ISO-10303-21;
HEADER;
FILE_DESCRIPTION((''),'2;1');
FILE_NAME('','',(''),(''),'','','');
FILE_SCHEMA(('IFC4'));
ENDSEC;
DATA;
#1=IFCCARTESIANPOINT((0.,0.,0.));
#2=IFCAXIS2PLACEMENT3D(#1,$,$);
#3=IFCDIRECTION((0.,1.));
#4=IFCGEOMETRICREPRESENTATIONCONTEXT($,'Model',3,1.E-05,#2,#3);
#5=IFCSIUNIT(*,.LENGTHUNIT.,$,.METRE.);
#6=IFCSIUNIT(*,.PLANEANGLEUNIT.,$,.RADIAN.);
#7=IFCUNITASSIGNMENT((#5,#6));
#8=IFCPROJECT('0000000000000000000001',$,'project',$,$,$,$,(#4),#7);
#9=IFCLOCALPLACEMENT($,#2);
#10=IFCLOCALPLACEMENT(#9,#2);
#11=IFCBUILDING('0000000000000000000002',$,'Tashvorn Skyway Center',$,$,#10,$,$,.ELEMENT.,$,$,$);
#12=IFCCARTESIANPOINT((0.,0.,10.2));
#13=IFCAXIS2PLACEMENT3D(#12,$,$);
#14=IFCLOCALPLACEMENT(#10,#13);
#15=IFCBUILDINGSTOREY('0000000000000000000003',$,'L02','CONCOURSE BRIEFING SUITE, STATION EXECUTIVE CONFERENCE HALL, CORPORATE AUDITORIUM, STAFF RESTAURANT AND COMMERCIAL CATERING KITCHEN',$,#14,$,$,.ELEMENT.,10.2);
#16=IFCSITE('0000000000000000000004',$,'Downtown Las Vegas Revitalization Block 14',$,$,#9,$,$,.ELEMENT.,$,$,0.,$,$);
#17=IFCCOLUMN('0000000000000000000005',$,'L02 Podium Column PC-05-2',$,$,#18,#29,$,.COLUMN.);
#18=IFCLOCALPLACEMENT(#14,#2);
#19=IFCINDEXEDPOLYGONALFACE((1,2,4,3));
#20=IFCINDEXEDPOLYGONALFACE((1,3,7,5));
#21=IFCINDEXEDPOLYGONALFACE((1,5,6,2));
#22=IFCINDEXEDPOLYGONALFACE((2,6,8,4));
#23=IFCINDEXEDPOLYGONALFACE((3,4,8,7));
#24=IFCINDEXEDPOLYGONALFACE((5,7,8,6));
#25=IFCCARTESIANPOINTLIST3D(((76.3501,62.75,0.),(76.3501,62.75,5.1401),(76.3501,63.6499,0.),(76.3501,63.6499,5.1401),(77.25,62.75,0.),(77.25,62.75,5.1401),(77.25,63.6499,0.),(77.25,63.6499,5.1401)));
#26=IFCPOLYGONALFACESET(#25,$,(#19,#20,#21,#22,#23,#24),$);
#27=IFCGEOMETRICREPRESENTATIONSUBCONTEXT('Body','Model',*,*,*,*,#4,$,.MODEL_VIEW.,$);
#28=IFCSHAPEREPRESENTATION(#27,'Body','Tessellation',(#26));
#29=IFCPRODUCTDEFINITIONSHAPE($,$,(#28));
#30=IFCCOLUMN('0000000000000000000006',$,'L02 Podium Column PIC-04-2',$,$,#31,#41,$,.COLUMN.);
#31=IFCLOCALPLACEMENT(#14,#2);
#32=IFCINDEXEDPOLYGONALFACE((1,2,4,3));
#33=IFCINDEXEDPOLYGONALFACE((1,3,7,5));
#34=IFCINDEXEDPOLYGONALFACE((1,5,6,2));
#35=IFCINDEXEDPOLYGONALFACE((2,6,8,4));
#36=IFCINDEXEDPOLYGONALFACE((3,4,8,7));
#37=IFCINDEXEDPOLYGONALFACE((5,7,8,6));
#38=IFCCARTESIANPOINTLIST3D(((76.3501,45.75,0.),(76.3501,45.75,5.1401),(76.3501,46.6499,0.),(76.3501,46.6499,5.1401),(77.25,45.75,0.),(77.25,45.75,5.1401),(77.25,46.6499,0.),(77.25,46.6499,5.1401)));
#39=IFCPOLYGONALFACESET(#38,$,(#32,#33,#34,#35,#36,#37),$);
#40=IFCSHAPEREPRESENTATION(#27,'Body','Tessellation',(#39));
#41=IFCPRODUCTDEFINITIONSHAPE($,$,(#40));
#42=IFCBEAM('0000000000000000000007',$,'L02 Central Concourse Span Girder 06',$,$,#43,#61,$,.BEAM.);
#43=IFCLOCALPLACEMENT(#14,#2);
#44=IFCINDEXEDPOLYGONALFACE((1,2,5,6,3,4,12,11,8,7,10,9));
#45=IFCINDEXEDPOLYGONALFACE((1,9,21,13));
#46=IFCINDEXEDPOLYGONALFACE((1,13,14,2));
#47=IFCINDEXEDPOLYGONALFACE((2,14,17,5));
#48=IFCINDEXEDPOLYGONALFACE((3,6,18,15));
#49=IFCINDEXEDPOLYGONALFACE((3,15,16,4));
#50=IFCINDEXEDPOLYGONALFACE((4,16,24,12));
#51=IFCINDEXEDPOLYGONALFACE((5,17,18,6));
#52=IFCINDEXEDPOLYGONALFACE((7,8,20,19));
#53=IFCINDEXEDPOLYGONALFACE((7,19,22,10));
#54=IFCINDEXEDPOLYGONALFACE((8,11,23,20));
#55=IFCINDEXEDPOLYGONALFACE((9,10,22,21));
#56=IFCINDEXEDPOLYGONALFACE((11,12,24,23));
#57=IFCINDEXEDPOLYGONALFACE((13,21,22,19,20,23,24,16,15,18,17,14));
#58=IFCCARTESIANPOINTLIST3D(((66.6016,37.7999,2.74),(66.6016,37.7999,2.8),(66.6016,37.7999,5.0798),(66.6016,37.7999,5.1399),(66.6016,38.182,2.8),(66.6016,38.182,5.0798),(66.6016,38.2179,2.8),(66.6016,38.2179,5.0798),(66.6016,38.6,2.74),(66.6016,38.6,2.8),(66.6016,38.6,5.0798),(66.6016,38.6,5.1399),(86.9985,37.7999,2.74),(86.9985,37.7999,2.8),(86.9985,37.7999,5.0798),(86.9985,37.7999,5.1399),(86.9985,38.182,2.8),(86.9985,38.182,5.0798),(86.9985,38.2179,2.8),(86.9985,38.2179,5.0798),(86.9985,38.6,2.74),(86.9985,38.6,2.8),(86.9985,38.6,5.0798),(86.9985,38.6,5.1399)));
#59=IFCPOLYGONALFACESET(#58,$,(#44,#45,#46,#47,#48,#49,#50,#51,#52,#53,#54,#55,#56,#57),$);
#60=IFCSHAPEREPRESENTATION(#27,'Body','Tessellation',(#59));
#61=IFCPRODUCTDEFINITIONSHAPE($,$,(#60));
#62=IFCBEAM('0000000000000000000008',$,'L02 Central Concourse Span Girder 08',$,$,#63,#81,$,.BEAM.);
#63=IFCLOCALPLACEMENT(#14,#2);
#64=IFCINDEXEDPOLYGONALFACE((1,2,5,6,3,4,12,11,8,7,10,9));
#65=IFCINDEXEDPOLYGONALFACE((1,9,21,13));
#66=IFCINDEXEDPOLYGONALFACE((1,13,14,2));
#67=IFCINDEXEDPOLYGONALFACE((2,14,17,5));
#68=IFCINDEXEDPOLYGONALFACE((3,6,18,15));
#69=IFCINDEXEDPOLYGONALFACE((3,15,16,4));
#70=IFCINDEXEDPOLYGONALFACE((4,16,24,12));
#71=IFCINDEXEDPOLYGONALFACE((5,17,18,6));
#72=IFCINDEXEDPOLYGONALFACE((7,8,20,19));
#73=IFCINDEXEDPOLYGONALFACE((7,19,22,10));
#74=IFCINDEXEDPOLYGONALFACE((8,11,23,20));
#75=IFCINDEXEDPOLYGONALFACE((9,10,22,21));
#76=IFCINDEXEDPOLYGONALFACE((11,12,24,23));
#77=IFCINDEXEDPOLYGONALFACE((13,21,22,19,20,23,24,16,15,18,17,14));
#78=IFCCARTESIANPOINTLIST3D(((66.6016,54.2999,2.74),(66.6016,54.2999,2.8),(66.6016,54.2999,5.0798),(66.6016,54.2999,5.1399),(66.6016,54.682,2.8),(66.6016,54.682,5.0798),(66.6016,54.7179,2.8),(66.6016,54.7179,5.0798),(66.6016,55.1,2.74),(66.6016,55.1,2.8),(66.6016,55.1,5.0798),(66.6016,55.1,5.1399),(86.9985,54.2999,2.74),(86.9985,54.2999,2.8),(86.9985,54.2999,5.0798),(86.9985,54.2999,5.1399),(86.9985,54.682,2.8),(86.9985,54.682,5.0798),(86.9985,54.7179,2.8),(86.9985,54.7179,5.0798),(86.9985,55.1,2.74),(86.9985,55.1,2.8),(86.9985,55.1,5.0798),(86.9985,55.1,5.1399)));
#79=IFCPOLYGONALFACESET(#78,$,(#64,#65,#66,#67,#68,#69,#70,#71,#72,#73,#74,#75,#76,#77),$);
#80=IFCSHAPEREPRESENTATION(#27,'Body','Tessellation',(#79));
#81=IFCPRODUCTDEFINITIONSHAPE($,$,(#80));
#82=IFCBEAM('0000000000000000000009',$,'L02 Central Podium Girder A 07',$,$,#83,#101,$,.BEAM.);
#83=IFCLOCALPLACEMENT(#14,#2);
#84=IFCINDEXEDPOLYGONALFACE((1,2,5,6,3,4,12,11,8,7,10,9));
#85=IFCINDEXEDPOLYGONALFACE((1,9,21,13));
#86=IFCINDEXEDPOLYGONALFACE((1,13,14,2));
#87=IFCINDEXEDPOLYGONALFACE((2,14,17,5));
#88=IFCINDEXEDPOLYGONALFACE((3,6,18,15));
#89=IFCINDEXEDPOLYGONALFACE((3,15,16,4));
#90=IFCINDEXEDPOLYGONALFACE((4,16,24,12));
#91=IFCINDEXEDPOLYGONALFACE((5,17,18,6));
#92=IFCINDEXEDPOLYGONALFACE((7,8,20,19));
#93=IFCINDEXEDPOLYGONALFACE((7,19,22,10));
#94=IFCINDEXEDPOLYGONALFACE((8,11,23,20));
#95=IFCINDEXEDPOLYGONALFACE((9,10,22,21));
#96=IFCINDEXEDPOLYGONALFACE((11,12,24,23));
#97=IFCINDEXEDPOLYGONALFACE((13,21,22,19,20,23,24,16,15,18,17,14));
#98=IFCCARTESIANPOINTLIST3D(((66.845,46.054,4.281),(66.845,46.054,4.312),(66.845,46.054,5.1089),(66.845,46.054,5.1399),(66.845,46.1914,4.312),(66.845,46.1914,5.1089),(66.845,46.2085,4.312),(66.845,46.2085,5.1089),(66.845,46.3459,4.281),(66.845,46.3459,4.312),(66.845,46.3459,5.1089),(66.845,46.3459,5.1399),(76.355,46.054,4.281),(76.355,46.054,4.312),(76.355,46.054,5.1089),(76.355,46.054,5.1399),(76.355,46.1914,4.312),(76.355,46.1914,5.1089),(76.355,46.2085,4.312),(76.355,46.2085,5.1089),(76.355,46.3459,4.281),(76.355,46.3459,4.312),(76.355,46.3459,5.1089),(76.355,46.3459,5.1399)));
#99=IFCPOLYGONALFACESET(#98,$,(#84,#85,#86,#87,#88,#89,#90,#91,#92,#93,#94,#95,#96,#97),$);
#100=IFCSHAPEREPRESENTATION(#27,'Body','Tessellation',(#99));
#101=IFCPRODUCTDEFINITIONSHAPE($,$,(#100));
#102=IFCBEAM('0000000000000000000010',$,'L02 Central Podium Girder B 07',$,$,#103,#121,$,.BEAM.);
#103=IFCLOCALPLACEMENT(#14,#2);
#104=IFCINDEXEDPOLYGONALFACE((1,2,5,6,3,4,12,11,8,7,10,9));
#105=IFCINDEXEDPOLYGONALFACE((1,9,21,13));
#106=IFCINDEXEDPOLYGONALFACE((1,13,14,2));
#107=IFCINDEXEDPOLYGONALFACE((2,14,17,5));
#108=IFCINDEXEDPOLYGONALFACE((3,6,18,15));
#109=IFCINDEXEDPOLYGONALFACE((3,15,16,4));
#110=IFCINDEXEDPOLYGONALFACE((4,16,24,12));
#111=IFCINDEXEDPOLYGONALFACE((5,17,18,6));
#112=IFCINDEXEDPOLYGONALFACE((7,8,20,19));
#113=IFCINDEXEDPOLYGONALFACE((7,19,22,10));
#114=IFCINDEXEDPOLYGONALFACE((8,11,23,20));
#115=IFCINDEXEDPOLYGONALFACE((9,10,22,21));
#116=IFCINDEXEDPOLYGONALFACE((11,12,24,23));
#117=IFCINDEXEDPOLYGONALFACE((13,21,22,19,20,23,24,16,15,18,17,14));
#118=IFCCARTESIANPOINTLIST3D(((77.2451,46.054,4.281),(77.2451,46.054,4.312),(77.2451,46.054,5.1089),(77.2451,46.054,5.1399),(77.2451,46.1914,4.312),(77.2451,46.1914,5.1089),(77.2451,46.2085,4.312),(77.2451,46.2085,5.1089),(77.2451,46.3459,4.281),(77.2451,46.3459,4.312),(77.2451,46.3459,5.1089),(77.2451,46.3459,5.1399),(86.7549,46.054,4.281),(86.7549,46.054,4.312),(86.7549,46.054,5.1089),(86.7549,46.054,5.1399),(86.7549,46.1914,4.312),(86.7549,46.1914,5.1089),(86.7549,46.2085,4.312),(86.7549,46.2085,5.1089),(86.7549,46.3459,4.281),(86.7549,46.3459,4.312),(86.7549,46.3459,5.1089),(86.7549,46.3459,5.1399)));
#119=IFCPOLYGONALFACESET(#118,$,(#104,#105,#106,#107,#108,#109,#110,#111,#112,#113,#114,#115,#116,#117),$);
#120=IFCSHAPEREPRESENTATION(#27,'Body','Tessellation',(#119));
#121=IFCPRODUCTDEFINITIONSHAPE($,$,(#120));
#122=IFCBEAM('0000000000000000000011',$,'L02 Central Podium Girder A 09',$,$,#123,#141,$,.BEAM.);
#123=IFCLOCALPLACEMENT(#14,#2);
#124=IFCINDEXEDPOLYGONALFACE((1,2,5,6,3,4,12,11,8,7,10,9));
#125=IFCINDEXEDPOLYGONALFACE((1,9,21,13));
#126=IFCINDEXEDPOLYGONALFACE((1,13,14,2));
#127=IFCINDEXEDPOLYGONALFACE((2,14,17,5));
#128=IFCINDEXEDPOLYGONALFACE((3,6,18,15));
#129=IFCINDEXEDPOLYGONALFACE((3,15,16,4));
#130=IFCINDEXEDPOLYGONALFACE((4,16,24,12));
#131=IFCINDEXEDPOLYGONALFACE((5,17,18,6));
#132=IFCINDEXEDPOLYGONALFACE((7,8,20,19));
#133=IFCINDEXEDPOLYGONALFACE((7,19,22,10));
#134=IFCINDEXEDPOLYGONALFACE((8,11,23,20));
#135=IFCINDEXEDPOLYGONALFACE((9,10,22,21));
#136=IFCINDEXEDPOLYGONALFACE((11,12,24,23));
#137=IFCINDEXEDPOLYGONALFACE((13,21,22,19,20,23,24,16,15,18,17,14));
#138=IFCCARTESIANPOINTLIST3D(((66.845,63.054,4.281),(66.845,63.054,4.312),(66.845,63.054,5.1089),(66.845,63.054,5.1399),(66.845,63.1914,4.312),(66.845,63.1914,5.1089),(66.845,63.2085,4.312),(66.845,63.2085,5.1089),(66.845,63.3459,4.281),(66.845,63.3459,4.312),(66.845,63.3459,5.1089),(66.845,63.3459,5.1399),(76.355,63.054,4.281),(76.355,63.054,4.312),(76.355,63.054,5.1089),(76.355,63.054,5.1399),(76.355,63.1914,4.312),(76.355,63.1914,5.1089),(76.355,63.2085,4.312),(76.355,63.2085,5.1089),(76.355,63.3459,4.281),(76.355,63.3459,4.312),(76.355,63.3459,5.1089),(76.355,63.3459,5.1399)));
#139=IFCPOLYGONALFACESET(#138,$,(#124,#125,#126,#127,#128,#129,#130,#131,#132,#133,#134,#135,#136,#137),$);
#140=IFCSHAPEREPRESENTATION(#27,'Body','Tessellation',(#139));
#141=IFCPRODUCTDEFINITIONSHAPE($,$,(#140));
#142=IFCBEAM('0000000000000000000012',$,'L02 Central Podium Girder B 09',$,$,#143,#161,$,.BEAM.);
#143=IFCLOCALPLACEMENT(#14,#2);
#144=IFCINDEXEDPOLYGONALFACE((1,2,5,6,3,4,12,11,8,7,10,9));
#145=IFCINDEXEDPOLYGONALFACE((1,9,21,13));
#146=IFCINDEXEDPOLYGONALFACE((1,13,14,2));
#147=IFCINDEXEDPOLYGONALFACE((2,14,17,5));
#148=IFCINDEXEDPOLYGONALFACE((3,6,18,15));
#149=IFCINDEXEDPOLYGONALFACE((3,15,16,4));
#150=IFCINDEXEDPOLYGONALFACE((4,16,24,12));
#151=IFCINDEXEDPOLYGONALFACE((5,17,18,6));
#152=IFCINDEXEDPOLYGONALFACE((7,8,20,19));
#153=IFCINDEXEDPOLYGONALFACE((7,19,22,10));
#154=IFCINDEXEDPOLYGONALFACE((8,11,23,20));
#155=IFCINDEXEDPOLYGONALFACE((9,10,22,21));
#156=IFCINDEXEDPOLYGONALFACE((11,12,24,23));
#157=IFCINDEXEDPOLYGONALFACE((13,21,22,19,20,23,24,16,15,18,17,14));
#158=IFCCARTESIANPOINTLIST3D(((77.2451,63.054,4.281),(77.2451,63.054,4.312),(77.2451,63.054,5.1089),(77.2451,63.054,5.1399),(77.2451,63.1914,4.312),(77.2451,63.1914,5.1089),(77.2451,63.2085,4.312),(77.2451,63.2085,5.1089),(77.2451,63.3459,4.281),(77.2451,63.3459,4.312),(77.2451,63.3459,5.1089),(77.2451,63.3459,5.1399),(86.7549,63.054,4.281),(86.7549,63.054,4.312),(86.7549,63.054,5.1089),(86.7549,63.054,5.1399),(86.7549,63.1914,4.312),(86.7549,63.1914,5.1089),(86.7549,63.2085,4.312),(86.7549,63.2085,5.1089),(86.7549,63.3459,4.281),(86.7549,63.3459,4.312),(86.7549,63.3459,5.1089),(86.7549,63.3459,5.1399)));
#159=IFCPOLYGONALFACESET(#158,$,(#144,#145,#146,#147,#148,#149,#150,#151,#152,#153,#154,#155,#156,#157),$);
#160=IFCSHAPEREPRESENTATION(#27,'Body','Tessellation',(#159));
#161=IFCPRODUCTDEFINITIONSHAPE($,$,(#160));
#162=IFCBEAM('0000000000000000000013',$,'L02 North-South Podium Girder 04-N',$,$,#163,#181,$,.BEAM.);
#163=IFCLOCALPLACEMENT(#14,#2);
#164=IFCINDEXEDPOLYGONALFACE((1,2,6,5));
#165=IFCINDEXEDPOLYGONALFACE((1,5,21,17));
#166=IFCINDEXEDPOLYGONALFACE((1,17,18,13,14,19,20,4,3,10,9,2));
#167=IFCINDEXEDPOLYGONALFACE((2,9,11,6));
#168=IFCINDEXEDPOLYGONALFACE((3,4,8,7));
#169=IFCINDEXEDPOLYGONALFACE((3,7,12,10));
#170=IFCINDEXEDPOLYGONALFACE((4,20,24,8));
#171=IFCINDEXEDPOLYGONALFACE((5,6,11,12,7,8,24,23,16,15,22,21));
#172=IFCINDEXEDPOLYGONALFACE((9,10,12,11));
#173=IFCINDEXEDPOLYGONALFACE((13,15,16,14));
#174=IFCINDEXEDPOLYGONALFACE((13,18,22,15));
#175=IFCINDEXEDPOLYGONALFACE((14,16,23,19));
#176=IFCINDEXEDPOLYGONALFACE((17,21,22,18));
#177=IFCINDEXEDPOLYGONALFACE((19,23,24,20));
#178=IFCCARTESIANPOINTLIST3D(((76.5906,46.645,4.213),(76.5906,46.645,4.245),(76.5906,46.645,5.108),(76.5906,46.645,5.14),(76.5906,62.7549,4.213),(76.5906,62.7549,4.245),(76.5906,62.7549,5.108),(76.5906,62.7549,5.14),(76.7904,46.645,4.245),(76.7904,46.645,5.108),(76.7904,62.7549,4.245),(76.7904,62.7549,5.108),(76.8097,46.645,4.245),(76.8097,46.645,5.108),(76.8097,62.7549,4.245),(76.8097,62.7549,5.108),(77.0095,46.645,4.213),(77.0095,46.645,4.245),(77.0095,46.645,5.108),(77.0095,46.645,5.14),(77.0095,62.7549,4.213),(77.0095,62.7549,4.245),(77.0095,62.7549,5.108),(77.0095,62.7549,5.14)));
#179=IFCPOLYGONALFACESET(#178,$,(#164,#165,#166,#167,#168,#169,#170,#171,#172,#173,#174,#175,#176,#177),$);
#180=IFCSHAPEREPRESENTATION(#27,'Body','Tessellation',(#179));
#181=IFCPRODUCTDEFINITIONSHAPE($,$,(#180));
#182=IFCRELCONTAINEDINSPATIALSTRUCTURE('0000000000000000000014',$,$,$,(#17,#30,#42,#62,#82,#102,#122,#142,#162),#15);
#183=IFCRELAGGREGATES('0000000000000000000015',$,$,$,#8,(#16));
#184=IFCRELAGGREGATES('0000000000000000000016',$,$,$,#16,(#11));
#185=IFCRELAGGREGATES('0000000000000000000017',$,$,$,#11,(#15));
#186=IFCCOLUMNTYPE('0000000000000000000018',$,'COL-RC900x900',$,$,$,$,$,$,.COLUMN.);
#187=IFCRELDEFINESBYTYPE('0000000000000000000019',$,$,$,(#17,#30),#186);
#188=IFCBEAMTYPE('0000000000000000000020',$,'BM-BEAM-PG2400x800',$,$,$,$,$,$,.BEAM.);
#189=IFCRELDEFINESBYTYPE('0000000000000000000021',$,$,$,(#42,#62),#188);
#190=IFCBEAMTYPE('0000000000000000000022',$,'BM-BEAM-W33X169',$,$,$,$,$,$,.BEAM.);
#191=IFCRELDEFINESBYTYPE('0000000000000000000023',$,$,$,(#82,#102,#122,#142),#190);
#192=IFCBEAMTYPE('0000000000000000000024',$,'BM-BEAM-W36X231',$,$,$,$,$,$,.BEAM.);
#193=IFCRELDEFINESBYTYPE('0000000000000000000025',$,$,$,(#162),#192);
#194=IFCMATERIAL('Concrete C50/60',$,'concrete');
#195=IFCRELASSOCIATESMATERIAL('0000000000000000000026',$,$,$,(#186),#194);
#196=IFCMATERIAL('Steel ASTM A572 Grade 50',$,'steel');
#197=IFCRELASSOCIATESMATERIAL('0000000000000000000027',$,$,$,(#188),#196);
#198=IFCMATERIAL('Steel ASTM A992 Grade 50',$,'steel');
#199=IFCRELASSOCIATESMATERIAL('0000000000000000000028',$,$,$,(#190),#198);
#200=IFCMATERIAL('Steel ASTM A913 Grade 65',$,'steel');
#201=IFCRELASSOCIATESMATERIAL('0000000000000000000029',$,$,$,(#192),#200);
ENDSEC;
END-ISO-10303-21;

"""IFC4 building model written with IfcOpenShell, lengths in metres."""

from ifc_helpers import new_model, si_unit, direction, frame, origin, origin_2d, place, context, subcontext, project, spatial, rectangle, i_section, extrude, material, material_profile, profile_set, type_object, element, save


model = new_model("IFC4")

# Units and contexts
model_context = context("Model", 3, precision=1e-05, world=origin(), true_north=direction((0.0, 1.0)))
body_context = subcontext(model_context, "Body", "Model", "MODEL_VIEW")
ifc_project = project(units=[si_unit("LENGTHUNIT", "METRE"), si_unit("PLANEANGLEUNIT", "RADIAN")], contexts=[model_context])

# Site, building, storey
site_placement = place(None, origin())
site = spatial("IfcSite", under=ifc_project, at=site_placement, Name="Downtown Las Vegas Revitalization Block 14", CompositionType="ELEMENT", RefElevation=0.0)
building_placement = place(site_placement, origin())
building = spatial("IfcBuilding", under=site, at=building_placement, Name="Tashvorn Skyway Center", CompositionType="ELEMENT")
storey_placement = place(building_placement, frame((0.0, 0.0, 10.2)))
storey = spatial("IfcBuildingStorey", under=building, at=storey_placement, Name="L02", Description="CONCOURSE BRIEFING SUITE, STATION EXECUTIVE CONFERENCE HALL, CORPORATE AUDITORIUM, STAFF RESTAURANT AND COMMERCIAL CATERING KITCHEN", CompositionType="ELEMENT", Elevation=10.2)

# Columns
ifc_material_1 = material(Name="Concrete C50/60", Category="concrete")
ifc_material_profile_1 = material_profile(ifc_material_1, rectangle(XDim=0.8999, YDim=0.8999, at=origin_2d()), Name="RC900x900")
ifc_profile_set_1 = profile_set([ifc_material_profile_1], Name="Concrete C50/60")
column_type = type_object("IfcColumnType", Name="COL-RC900x900", PredefinedType="COLUMN", material=ifc_profile_set_1)
for number, where, z_axis, x_axis, name in (
    (1, (76.8, 63.2, 0.0), (0.0, 0.0, 1.0), (1.0, 0.0, 0.0), "L02 Podium Column PC-05-2"),
    (2, (76.8, 46.2, 0.0), (0.0, 0.0, 1.0), (1.0, 0.0, 0.0), "L02 Podium Column PIC-04-2"),
):
    element("IfcColumn", number, at=place(storey_placement, frame(where, z_axis=z_axis, x_axis=x_axis)), inside=storey, type_object=column_type, Name=name, PredefinedType="COLUMN", context=body_context, shape_type="SweptSolid", body=[
        extrude(rectangle(XDim=0.8999, YDim=0.8999, at=origin_2d()), origin(), (0.0, 0.0, 1.0), 5.1401),
    ])

# Beams
ifc_material_2 = material(Name="Steel ASTM A572 Grade 50", Category="steel")
ifc_material_profile_2 = material_profile(ifc_material_2, i_section(OverallWidth=0.8, OverallDepth=2.3999, WebThickness=0.0359, FlangeThickness=0.0601, at=origin_2d()), Name="PG2400x800")
ifc_profile_set_2 = profile_set([ifc_material_profile_2], Name="Steel ASTM A572 Grade 50")
beam_type_1 = type_object("IfcBeamType", Name="BM-BEAM-PG2400x800", PredefinedType="BEAM", material=ifc_profile_set_2)
for number, where, z_axis, x_axis, name in (
    (3, (66.6016, 38.2, 3.9399), (1.0, 0.0, 0.0), (0.0, 1.0, 0.0), "L02 Central Concourse Span Girder 06"),
    (4, (66.6016, 54.7, 3.9399), (1.0, 0.0, 0.0), (0.0, 1.0, 0.0), "L02 Central Concourse Span Girder 08"),
):
    element("IfcBeam", number, at=place(storey_placement, frame(where, z_axis=z_axis, x_axis=x_axis)), inside=storey, type_object=beam_type_1, Name=name, PredefinedType="BEAM", context=body_context, shape_type="SweptSolid", body=[
        extrude(i_section(OverallWidth=0.8, OverallDepth=2.3999, WebThickness=0.0359, FlangeThickness=0.0601, at=origin_2d()), origin(), (0.0, 0.0, 1.0), 20.397),
    ])
ifc_material_3 = material(Name="Steel ASTM A992 Grade 50", Category="steel")
ifc_material_profile_3 = material_profile(ifc_material_3, i_section(OverallWidth=0.292, OverallDepth=0.8589, WebThickness=0.0171, FlangeThickness=0.031, at=origin_2d()), Name="W33X169")
ifc_profile_set_3 = profile_set([ifc_material_profile_3], Name="Steel ASTM A992 Grade 50")
beam_type_2 = type_object("IfcBeamType", Name="BM-BEAM-W33X169", PredefinedType="BEAM", material=ifc_profile_set_3)
beam_1_placement = place(storey_placement, frame((66.845, 46.2, 4.7104), z_axis=(1.0, 0.0, 0.0), x_axis=(0.0, 1.0, 0.0)))
element("IfcBeam", 5, at=beam_1_placement, inside=storey, type_object=beam_type_2, Name="L02 Central Podium Girder A 07", PredefinedType="BEAM", context=body_context, shape_type="SweptSolid", body=[
    extrude(i_section(OverallWidth=0.292, OverallDepth=0.8589, WebThickness=0.0171, FlangeThickness=0.031, at=origin_2d()), origin(), (0.0, 0.0, 1.0), 9.51),
])
beam_2_placement = place(storey_placement, frame((77.2451, 46.2, 4.7104), z_axis=(1.0, 0.0, 0.0), x_axis=(0.0, 1.0, 0.0)))
element("IfcBeam", 6, at=beam_2_placement, inside=storey, type_object=beam_type_2, Name="L02 Central Podium Girder B 07", PredefinedType="BEAM", context=body_context, shape_type="SweptSolid", body=[
    extrude(i_section(OverallWidth=0.292, OverallDepth=0.8589, WebThickness=0.0171, FlangeThickness=0.031, at=origin_2d()), origin(), (0.0, 0.0, 1.0), 9.5098),
])
beam_3_placement = place(storey_placement, frame((66.845, 63.2, 4.7104), z_axis=(1.0, 0.0, 0.0), x_axis=(0.0, 1.0, 0.0)))
element("IfcBeam", 7, at=beam_3_placement, inside=storey, type_object=beam_type_2, Name="L02 Central Podium Girder A 09", PredefinedType="BEAM", context=body_context, shape_type="SweptSolid", body=[
    extrude(i_section(OverallWidth=0.292, OverallDepth=0.8589, WebThickness=0.0171, FlangeThickness=0.031, at=origin_2d()), origin(), (0.0, 0.0, 1.0), 9.51),
])
beam_4_placement = place(storey_placement, frame((77.2451, 63.2, 4.7104), z_axis=(1.0, 0.0, 0.0), x_axis=(0.0, 1.0, 0.0)))
element("IfcBeam", 8, at=beam_4_placement, inside=storey, type_object=beam_type_2, Name="L02 Central Podium Girder B 09", PredefinedType="BEAM", context=body_context, shape_type="SweptSolid", body=[
    extrude(i_section(OverallWidth=0.292, OverallDepth=0.8589, WebThickness=0.0171, FlangeThickness=0.031, at=origin_2d()), origin(), (0.0, 0.0, 1.0), 9.5098),
])
ifc_material_4 = material(Name="Steel ASTM A913 Grade 65", Category="steel")
ifc_material_profile_4 = material_profile(ifc_material_4, i_section(OverallWidth=0.4189, OverallDepth=0.927, WebThickness=0.0193, FlangeThickness=0.032, at=origin_2d()), Name="W36X231")
ifc_profile_set_4 = profile_set([ifc_material_profile_4], Name="Steel ASTM A913 Grade 65")
beam_type_3 = type_object("IfcBeamType", Name="BM-BEAM-W36X231", PredefinedType="BEAM", material=ifc_profile_set_4)
beam_5_placement = place(storey_placement, frame((76.8, 46.645, 4.6765), z_axis=(0.0, 1.0, 0.0), x_axis=(-1.0, 0.0, 0.0)))
element("IfcBeam", 9, at=beam_5_placement, inside=storey, type_object=beam_type_3, Name="L02 North-South Podium Girder 04-N", PredefinedType="BEAM", context=body_context, shape_type="SweptSolid", body=[
    extrude(i_section(OverallWidth=0.4189, OverallDepth=0.927, WebThickness=0.0193, FlangeThickness=0.032, at=origin_2d()), origin(), (0.0, 0.0, 1.0), 16.1099),
])

save(model, "model.ifc")
